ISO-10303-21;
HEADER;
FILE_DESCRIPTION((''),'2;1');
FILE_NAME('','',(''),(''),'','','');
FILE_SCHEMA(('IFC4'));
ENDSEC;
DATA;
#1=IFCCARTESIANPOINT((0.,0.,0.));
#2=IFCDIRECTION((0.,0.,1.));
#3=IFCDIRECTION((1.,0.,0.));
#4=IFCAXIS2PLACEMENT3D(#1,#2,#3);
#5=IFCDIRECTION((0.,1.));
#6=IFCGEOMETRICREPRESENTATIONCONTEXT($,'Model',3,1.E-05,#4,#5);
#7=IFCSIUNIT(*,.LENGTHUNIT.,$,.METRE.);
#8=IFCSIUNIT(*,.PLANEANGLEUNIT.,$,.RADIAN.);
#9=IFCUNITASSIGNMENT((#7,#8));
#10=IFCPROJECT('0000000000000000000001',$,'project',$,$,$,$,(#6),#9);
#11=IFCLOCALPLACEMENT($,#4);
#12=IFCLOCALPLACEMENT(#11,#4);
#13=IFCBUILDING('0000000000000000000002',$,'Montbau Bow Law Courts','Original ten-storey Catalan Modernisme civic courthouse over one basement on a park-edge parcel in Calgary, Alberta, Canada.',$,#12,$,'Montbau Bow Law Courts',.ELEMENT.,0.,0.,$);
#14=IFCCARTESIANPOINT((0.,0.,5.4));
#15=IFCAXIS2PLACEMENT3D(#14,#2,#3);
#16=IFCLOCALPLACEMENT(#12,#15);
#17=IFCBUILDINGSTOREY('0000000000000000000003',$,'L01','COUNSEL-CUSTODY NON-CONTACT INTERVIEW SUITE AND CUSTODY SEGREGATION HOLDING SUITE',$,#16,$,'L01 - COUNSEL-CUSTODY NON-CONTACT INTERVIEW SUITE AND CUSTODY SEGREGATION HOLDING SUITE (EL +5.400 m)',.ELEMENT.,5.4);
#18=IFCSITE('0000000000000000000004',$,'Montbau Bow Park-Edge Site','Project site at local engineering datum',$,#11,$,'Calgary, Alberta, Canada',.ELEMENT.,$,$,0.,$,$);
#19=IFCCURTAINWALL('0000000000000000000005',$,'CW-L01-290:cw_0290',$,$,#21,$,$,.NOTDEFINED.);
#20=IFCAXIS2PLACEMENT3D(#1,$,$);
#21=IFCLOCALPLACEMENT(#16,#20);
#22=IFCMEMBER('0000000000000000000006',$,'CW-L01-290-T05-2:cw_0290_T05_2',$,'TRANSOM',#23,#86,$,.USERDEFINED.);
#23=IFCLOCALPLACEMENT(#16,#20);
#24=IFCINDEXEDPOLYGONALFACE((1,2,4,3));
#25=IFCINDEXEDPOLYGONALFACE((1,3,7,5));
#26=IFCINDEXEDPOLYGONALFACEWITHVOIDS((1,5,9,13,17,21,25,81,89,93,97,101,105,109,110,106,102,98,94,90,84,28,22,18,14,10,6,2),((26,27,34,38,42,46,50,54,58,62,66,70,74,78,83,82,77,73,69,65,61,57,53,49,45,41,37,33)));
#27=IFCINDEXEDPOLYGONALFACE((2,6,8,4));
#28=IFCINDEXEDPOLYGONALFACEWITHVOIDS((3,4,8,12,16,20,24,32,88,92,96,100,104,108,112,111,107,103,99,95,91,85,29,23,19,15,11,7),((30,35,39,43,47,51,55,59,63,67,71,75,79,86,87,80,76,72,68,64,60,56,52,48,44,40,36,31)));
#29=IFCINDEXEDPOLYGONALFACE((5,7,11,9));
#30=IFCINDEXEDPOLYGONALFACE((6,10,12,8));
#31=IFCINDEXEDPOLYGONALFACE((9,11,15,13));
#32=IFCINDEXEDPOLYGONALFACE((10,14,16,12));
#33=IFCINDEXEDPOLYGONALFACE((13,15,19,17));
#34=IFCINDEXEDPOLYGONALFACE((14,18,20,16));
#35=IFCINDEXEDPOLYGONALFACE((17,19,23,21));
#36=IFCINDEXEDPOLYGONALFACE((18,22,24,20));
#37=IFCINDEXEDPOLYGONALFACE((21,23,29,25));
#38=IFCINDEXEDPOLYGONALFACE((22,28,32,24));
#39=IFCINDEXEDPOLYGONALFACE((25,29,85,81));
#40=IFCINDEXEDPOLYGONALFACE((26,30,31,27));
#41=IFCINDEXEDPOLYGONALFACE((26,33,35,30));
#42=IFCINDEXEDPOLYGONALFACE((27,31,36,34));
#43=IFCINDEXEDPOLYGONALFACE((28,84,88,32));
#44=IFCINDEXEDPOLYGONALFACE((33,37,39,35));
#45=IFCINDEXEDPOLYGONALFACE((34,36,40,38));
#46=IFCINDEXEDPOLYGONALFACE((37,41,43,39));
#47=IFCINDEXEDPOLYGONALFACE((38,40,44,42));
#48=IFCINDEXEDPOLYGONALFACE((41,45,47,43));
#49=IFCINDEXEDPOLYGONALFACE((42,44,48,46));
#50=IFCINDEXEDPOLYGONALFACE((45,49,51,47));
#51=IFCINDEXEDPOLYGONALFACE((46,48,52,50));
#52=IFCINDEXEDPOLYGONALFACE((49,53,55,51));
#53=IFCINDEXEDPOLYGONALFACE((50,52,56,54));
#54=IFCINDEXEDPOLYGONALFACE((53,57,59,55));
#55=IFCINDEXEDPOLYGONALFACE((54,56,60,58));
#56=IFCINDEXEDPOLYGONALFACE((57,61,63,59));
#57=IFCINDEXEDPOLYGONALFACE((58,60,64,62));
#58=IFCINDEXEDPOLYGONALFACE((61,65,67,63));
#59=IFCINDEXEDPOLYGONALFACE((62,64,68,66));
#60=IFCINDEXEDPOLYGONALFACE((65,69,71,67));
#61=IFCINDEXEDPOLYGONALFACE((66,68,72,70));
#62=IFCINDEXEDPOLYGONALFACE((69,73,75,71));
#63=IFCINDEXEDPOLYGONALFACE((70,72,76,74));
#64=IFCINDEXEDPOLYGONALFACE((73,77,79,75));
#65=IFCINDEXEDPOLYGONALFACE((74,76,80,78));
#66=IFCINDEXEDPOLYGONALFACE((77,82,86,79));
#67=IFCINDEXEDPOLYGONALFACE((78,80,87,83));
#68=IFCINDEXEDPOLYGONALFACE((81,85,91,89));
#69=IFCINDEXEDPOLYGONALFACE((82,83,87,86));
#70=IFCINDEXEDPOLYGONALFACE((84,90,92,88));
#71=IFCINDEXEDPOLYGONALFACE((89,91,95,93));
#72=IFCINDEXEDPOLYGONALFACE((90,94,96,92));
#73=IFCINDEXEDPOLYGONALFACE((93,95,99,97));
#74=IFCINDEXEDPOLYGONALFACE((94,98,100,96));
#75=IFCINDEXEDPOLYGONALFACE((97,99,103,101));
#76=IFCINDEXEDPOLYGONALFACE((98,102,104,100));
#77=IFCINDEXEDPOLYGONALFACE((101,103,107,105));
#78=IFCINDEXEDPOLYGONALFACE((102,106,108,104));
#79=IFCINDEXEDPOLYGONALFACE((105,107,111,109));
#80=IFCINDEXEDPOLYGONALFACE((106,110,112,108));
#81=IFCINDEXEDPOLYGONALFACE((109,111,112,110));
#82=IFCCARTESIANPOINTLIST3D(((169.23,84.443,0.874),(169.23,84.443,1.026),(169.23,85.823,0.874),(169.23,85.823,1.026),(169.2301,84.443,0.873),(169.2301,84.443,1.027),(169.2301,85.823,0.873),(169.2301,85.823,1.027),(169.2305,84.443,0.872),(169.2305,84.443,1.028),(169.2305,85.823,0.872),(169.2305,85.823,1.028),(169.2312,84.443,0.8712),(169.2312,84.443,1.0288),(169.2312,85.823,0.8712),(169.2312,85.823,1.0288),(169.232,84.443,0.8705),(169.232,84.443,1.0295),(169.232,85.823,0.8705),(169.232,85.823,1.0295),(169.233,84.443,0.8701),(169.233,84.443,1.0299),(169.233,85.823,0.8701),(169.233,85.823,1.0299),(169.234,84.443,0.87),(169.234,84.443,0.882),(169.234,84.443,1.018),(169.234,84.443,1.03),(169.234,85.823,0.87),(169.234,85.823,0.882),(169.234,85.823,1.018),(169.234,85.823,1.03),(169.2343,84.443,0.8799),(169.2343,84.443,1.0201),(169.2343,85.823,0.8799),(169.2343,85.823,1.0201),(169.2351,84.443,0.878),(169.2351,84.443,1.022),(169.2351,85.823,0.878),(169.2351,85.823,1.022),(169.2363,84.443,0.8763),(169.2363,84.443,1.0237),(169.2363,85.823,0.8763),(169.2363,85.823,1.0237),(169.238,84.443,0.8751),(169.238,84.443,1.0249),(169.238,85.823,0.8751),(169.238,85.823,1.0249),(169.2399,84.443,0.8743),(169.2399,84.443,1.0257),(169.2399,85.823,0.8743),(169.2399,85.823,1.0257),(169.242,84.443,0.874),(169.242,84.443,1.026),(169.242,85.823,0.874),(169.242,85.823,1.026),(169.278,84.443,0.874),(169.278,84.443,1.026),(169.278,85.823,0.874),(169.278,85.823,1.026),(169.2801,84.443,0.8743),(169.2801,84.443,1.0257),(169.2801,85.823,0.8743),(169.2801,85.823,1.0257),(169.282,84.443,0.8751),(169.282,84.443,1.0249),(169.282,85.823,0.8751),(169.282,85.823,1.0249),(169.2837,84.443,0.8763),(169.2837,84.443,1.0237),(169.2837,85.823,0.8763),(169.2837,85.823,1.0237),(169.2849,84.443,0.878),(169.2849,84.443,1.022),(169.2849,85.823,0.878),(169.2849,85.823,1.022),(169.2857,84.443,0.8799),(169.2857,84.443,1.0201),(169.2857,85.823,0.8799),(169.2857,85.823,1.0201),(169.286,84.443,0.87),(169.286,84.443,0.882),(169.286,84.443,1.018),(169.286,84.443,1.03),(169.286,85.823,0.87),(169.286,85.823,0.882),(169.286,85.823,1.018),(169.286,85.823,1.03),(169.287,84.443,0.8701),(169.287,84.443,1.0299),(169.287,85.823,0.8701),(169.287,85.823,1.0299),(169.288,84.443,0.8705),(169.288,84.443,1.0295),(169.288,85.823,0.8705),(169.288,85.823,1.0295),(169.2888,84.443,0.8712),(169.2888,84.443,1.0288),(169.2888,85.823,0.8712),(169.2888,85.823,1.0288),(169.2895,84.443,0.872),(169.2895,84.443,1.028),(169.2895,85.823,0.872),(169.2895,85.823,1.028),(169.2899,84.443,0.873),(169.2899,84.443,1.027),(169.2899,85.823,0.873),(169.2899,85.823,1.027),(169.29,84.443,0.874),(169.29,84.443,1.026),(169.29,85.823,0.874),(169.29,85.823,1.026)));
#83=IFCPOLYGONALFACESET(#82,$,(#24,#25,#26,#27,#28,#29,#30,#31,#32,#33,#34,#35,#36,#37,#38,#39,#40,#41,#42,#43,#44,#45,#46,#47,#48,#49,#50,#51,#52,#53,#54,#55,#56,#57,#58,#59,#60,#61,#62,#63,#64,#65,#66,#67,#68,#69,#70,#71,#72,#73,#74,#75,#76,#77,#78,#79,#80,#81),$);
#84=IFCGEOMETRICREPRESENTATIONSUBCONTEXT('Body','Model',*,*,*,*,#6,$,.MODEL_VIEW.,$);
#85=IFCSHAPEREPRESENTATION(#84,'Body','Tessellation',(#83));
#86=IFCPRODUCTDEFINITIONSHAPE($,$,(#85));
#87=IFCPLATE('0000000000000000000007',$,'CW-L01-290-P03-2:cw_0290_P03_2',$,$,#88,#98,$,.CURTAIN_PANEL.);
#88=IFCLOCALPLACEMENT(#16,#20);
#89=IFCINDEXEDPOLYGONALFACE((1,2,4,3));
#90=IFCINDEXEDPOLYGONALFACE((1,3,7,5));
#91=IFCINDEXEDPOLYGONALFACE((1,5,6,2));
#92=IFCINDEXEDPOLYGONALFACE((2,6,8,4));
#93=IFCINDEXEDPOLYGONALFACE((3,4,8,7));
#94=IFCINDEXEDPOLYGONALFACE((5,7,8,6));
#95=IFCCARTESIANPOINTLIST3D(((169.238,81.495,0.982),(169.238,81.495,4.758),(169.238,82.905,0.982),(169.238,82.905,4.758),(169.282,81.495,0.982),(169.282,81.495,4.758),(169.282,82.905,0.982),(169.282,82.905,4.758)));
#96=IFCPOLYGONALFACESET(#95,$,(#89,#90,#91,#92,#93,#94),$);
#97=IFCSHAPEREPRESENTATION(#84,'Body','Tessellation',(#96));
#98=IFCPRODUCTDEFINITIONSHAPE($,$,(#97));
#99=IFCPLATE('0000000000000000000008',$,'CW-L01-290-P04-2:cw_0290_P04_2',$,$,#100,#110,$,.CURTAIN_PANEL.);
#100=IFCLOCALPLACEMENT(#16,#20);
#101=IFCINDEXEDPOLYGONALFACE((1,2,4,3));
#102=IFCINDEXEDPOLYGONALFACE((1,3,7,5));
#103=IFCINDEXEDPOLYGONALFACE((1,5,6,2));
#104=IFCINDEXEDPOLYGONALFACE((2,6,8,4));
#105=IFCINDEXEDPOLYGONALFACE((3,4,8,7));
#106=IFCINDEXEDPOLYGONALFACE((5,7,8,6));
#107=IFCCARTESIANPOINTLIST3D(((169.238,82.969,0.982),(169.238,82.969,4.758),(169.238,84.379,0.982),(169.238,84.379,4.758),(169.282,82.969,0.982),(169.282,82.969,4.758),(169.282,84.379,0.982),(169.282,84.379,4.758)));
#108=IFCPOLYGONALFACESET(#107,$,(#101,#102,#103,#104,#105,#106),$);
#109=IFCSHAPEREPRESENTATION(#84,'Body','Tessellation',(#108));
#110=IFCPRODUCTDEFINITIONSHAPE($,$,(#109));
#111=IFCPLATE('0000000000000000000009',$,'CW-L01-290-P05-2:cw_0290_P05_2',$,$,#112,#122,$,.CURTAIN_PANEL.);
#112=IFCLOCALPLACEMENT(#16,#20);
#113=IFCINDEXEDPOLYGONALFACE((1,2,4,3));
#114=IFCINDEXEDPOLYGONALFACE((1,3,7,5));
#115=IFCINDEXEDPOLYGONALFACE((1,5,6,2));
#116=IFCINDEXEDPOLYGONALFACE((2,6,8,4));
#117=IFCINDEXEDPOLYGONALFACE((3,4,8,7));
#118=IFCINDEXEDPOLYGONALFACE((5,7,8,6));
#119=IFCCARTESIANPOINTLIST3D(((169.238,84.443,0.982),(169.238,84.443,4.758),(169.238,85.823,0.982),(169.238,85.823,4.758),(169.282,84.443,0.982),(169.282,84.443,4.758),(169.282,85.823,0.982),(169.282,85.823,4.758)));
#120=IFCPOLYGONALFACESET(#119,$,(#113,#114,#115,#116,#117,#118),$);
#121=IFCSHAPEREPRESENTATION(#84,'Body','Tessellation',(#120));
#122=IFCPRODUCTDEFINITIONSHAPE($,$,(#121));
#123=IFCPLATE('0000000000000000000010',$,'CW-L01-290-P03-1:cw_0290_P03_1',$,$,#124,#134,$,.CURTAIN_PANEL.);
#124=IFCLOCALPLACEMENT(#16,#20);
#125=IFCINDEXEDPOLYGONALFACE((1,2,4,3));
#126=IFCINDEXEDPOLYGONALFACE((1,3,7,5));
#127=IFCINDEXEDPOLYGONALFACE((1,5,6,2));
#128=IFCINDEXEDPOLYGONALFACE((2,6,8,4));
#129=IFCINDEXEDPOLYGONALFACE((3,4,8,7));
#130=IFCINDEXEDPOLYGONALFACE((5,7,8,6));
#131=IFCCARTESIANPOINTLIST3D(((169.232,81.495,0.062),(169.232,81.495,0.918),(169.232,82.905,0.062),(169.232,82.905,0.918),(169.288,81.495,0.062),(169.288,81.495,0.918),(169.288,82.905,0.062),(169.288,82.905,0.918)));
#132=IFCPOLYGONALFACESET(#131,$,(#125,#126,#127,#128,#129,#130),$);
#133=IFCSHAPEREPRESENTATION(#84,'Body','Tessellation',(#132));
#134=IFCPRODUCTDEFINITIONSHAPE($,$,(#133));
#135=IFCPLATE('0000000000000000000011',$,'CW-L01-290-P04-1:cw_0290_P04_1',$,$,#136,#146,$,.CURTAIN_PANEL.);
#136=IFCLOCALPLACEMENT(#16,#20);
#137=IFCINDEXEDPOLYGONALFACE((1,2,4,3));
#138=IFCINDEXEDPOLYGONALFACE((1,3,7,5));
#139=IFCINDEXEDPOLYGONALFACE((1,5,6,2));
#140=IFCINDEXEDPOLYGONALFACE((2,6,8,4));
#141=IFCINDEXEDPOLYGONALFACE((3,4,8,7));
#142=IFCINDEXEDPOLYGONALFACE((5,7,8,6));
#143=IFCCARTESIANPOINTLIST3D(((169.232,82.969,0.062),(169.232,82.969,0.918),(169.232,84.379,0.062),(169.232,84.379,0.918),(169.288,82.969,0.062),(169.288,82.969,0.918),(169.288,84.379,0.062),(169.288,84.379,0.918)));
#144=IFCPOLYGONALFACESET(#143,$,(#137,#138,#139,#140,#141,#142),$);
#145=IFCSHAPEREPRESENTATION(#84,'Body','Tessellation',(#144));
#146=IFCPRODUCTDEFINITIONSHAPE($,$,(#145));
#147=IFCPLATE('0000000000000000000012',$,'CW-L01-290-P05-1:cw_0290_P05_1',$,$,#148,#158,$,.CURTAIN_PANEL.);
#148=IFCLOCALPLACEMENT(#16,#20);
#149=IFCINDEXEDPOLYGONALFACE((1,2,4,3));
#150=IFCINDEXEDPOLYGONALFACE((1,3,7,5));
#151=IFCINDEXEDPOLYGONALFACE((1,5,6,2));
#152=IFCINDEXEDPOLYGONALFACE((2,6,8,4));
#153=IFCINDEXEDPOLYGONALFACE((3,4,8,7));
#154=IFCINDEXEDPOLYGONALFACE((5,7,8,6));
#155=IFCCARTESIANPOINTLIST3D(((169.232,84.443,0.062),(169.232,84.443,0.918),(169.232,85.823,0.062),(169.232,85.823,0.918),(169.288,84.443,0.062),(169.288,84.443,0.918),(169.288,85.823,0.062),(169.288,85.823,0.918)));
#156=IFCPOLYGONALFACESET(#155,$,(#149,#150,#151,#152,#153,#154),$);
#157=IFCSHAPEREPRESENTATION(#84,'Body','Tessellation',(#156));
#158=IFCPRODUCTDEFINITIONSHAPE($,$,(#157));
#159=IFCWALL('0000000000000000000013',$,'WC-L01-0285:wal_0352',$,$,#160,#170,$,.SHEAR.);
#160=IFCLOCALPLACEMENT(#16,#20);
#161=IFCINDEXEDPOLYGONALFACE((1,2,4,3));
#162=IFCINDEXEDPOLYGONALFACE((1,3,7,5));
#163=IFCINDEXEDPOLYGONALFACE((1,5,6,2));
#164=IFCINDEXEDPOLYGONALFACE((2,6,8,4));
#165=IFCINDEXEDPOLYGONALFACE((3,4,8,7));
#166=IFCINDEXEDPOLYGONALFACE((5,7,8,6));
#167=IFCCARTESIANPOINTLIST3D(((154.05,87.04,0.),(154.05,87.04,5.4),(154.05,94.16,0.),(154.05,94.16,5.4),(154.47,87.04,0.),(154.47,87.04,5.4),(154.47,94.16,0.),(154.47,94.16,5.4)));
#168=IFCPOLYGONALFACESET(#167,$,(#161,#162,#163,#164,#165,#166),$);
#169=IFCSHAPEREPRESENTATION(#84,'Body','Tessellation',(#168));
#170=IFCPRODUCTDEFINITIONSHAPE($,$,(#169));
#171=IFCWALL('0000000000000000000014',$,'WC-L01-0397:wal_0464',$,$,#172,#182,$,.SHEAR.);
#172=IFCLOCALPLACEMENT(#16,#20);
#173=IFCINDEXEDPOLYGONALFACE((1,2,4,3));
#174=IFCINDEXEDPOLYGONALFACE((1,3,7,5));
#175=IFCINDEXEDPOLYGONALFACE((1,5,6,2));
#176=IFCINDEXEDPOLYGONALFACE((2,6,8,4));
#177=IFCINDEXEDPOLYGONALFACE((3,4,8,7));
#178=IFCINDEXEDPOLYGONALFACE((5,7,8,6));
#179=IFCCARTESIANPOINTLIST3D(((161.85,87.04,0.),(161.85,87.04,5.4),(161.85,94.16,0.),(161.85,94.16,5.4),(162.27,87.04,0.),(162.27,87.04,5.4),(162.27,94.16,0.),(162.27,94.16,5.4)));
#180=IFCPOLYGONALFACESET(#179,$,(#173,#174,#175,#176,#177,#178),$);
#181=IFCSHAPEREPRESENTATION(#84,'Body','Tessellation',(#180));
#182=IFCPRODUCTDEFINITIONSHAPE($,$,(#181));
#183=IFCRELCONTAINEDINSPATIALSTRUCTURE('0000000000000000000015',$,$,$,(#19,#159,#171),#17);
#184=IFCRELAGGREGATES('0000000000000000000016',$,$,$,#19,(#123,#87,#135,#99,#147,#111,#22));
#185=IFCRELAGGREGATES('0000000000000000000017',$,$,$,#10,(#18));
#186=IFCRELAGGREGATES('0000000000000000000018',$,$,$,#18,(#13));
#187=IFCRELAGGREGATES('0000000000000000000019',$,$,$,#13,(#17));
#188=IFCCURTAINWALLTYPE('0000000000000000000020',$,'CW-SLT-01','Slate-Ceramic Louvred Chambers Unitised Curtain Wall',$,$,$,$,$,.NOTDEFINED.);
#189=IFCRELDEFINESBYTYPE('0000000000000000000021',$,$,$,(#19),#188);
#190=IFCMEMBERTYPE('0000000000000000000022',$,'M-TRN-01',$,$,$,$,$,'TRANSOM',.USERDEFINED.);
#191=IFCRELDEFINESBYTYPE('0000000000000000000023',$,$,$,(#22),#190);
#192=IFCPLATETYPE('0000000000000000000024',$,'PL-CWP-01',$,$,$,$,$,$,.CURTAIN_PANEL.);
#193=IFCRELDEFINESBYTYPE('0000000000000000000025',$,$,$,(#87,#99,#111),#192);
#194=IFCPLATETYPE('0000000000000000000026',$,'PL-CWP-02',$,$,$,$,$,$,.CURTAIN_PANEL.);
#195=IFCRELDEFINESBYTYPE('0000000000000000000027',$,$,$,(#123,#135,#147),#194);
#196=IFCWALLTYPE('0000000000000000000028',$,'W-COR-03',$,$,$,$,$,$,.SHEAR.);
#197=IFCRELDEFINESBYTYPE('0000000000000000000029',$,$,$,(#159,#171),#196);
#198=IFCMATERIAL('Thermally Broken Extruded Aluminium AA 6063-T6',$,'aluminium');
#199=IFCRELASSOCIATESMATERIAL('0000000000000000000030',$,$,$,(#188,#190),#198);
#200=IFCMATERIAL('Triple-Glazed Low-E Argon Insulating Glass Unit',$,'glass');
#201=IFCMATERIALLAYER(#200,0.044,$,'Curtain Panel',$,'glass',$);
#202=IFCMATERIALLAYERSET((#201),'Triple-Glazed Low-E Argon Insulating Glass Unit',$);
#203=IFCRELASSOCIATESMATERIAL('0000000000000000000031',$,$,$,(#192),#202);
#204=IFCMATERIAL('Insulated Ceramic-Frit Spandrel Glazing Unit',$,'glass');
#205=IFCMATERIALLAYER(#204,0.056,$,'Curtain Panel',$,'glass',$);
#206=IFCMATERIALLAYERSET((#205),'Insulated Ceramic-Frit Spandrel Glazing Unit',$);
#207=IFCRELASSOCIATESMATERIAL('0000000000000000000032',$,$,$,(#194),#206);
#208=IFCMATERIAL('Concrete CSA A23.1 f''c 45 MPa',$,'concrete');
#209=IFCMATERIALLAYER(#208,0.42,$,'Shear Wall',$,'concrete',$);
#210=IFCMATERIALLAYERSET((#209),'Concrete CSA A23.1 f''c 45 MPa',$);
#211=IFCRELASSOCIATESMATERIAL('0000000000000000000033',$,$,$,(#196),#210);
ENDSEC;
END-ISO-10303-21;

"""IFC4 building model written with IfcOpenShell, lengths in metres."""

from ifc_helpers import new_model, si_unit, direction, frame, frame_2d, origin_with_axes, origin_2d_with_axis, place, context, subcontext, project, spatial, rectangle, hollow_rectangle, extrude, material, layer, layer_set, material_profile, profile_set, type_object, element, aggregate, save


model = new_model("IFC4")

# Units and contexts
model_context = context("Model", 3, precision=1e-05, world=origin_with_axes(), true_north=direction((0.0, 1.0)))
body_context = subcontext(model_context, "Body", "Model", "MODEL_VIEW")
ifc_project = project(units=[si_unit("LENGTHUNIT", "METRE"), si_unit("PLANEANGLEUNIT", "RADIAN")], contexts=[model_context])

# Site, building, storey
site_placement = place(None, origin_with_axes())
site = spatial("IfcSite", under=ifc_project, at=site_placement, Name="Montbau Bow Park-Edge Site", Description="Project site at local engineering datum", LongName="Calgary, Alberta, Canada", CompositionType="ELEMENT", RefElevation=0.0)
building_placement = place(site_placement, origin_with_axes())
building = spatial("IfcBuilding", under=site, at=building_placement, Name="Montbau Bow Law Courts", Description="Original ten-storey Catalan Modernisme civic courthouse over one basement on a park-edge parcel in Calgary, Alberta, Canada.", LongName="Montbau Bow Law Courts", CompositionType="ELEMENT", ElevationOfRefHeight=0.0, ElevationOfTerrain=0.0)
storey_placement = place(building_placement, frame((0.0, 0.0, 5.4), z_axis=(0.0, 0.0, 1.0), x_axis=(1.0, 0.0, 0.0)))
storey = spatial("IfcBuildingStorey", under=building, at=storey_placement, Name="L01", Description="COUNSEL-CUSTODY NON-CONTACT INTERVIEW SUITE AND CUSTODY SEGREGATION HOLDING SUITE", LongName="L01 - COUNSEL-CUSTODY NON-CONTACT INTERVIEW SUITE AND CUSTODY SEGREGATION HOLDING SUITE (EL +5.400 m)", CompositionType="ELEMENT", Elevation=5.4)

# Curtain wall, member, plates
ifc_material_1 = material(Name="Thermally Broken Extruded Aluminium AA 6063-T6", Category="aluminium")
curtain_wall_type = type_object("IfcCurtainWallType", Name="CW-SLT-01", Description="Slate-Ceramic Louvred Chambers Unitised Curtain Wall", PredefinedType="NOTDEFINED", material=ifc_material_1)
curtain_wall_placement = place(None, frame((169.26, 78.515, 5.4), z_axis=(0.0, 0.0, 1.0), x_axis=(1.0, 0.0, 0.0)))
curtain_wall = element("IfcCurtainWall", 1, at=curtain_wall_placement, inside=storey, type_object=curtain_wall_type, Name="CW-L01-290:cw_0290", PredefinedType="NOTDEFINED")
ifc_material_profile_1 = material_profile(ifc_material_1, hollow_rectangle(XDim=0.06, YDim=0.16, WallThickness=0.004, InnerFilletRadius=0.008, OuterFilletRadius=0.004, at=origin_2d_with_axis()), Name="CWT-160X60", Category="Main", Priority=0)
ifc_profile_set_1 = profile_set([ifc_material_profile_1], Name="Thermally Broken Extruded Aluminium AA 6063-T6")
member_type_1 = type_object("IfcMemberType", Name="M-TRN-01", ElementType="TRANSOM", PredefinedType="USERDEFINED", material=ifc_profile_set_1)
member_1_placement = place(None, frame((169.26, 84.443, 6.35), z_axis=(0.0, 1.0, 0.0), x_axis=(-1.0, 0.0, 0.0)))
member_1 = element("IfcMember", 2, at=member_1_placement, type_object=member_type_1, Name="CW-L01-290-T05-2:cw_0290_T05_2", ObjectType="TRANSOM", PredefinedType="USERDEFINED", context=body_context, shape_type="SweptSolid", body=[
    extrude(hollow_rectangle(XDim=0.06, YDim=0.16, WallThickness=0.004, InnerFilletRadius=0.008, OuterFilletRadius=0.004, at=origin_2d_with_axis()), origin_with_axes(), (0.0, 0.0, 1.0), 1.38),
])
ifc_material_2 = material(Name="Triple-Glazed Low-E Argon Insulating Glass Unit", Category="glass")
ifc_layer_1 = layer(ifc_material_2, 0.044, Name="Curtain Panel", Category="glass")
ifc_layer_set_1 = layer_set([ifc_layer_1], Name="Triple-Glazed Low-E Argon Insulating Glass Unit")
plate_type_1 = type_object("IfcPlateType", Name="PL-CWP-01", PredefinedType="CURTAIN_PANEL", material=ifc_layer_set_1)
plate_1_placement = place(None, frame((169.26, 81.495, 6.382), z_axis=(1.0, 0.0, 0.0), x_axis=(0.0, 1.0, 0.0)))
plate_1 = element("IfcPlate", 3, at=plate_1_placement, type_object=plate_type_1, Name="CW-L01-290-P03-2:cw_0290_P03_2", PredefinedType="CURTAIN_PANEL", context=body_context, shape_type="SweptSolid", body=[
    extrude(rectangle(XDim=1.41, YDim=3.776, at=frame_2d((0.705, 1.888), x_axis=(1.0, 0.0))), frame((0.0, 0.0, -0.022), z_axis=(0.0, 0.0, 1.0), x_axis=(1.0, 0.0, 0.0)), (0.0, 0.0, 1.0), 0.044),
])
plate_2_placement = place(None, frame((169.26, 82.969, 6.382), z_axis=(1.0, 0.0, 0.0), x_axis=(0.0, 1.0, 0.0)))
plate_2 = element("IfcPlate", 4, at=plate_2_placement, type_object=plate_type_1, Name="CW-L01-290-P04-2:cw_0290_P04_2", PredefinedType="CURTAIN_PANEL", context=body_context, shape_type="SweptSolid", body=[
    extrude(rectangle(XDim=1.41, YDim=3.776, at=frame_2d((0.705, 1.888), x_axis=(1.0, 0.0))), frame((0.0, 0.0, -0.022), z_axis=(0.0, 0.0, 1.0), x_axis=(1.0, 0.0, 0.0)), (0.0, 0.0, 1.0), 0.044),
])
plate_3_placement = place(None, frame((169.26, 84.443, 6.382), z_axis=(1.0, 0.0, 0.0), x_axis=(0.0, 1.0, 0.0)))
plate_3 = element("IfcPlate", 5, at=plate_3_placement, type_object=plate_type_1, Name="CW-L01-290-P05-2:cw_0290_P05_2", PredefinedType="CURTAIN_PANEL", context=body_context, shape_type="SweptSolid", body=[
    extrude(rectangle(XDim=1.38, YDim=3.776, at=frame_2d((0.69, 1.888), x_axis=(1.0, 0.0))), frame((0.0, 0.0, -0.022), z_axis=(0.0, 0.0, 1.0), x_axis=(1.0, 0.0, 0.0)), (0.0, 0.0, 1.0), 0.044),
])
ifc_material_3 = material(Name="Insulated Ceramic-Frit Spandrel Glazing Unit", Category="glass")
ifc_layer_2 = layer(ifc_material_3, 0.056, Name="Curtain Panel", Category="glass")
ifc_layer_set_2 = layer_set([ifc_layer_2], Name="Insulated Ceramic-Frit Spandrel Glazing Unit")
plate_type_2 = type_object("IfcPlateType", Name="PL-CWP-02", PredefinedType="CURTAIN_PANEL", material=ifc_layer_set_2)
plate_4_placement = place(None, frame((169.26, 81.495, 5.462), z_axis=(1.0, 0.0, 0.0), x_axis=(0.0, 1.0, 0.0)))
plate_4 = element("IfcPlate", 6, at=plate_4_placement, type_object=plate_type_2, Name="CW-L01-290-P03-1:cw_0290_P03_1", PredefinedType="CURTAIN_PANEL", context=body_context, shape_type="SweptSolid", body=[
    extrude(rectangle(XDim=1.41, YDim=0.856, at=frame_2d((0.705, 0.428), x_axis=(1.0, 0.0))), frame((0.0, 0.0, -0.028), z_axis=(0.0, 0.0, 1.0), x_axis=(1.0, 0.0, 0.0)), (0.0, 0.0, 1.0), 0.056),
])
plate_5_placement = place(None, frame((169.26, 82.969, 5.462), z_axis=(1.0, 0.0, 0.0), x_axis=(0.0, 1.0, 0.0)))
plate_5 = element("IfcPlate", 7, at=plate_5_placement, type_object=plate_type_2, Name="CW-L01-290-P04-1:cw_0290_P04_1", PredefinedType="CURTAIN_PANEL", context=body_context, shape_type="SweptSolid", body=[
    extrude(rectangle(XDim=1.41, YDim=0.856, at=frame_2d((0.705, 0.428), x_axis=(1.0, 0.0))), frame((0.0, 0.0, -0.028), z_axis=(0.0, 0.0, 1.0), x_axis=(1.0, 0.0, 0.0)), (0.0, 0.0, 1.0), 0.056),
])
plate_6_placement = place(None, frame((169.26, 84.443, 5.462), z_axis=(1.0, 0.0, 0.0), x_axis=(0.0, 1.0, 0.0)))
plate_6 = element("IfcPlate", 8, at=plate_6_placement, type_object=plate_type_2, Name="CW-L01-290-P05-1:cw_0290_P05_1", PredefinedType="CURTAIN_PANEL", context=body_context, shape_type="SweptSolid", body=[
    extrude(rectangle(XDim=1.38, YDim=0.856, at=frame_2d((0.69, 0.428), x_axis=(1.0, 0.0))), frame((0.0, 0.0, -0.028), z_axis=(0.0, 0.0, 1.0), x_axis=(1.0, 0.0, 0.0)), (0.0, 0.0, 1.0), 0.056),
])
aggregate(curtain_wall, [plate_4, plate_1, plate_5, plate_2, plate_6, plate_3, member_1])

# Walls
ifc_material_4 = material(Name="Concrete CSA A23.1 f'c 45 MPa", Category="concrete")
ifc_layer_3 = layer(ifc_material_4, 0.42, Name="Shear Wall", Category="concrete")
ifc_layer_set_3 = layer_set([ifc_layer_3], Name="Concrete CSA A23.1 f'c 45 MPa")
wall_type_1 = type_object("IfcWallType", Name="W-COR-03", PredefinedType="SHEAR", material=ifc_layer_set_3)
for number, where, z_axis, x_axis, name in (
    (9, (154.26, 87.04, 5.4), (0.0, 0.0, 1.0), (0.0, 1.0, 0.0), "WC-L01-0285:wal_0352"),
    (10, (162.06, 87.04, 5.4), (0.0, 0.0, 1.0), (0.0, 1.0, 0.0), "WC-L01-0397:wal_0464"),
):
    element("IfcWall", number, at=place(None, frame(where, z_axis=z_axis, x_axis=x_axis)), inside=storey, type_object=wall_type_1, Name=name, PredefinedType="SHEAR", context=body_context, shape_type="SweptSolid", body=[
        extrude(rectangle(XDim=7.12, YDim=0.42, at=frame_2d((3.56, 0.0), x_axis=(1.0, 0.0))), origin_with_axes(), (0.0, 0.0, 1.0), 5.4),
    ])

save(model, "model.ifc")
